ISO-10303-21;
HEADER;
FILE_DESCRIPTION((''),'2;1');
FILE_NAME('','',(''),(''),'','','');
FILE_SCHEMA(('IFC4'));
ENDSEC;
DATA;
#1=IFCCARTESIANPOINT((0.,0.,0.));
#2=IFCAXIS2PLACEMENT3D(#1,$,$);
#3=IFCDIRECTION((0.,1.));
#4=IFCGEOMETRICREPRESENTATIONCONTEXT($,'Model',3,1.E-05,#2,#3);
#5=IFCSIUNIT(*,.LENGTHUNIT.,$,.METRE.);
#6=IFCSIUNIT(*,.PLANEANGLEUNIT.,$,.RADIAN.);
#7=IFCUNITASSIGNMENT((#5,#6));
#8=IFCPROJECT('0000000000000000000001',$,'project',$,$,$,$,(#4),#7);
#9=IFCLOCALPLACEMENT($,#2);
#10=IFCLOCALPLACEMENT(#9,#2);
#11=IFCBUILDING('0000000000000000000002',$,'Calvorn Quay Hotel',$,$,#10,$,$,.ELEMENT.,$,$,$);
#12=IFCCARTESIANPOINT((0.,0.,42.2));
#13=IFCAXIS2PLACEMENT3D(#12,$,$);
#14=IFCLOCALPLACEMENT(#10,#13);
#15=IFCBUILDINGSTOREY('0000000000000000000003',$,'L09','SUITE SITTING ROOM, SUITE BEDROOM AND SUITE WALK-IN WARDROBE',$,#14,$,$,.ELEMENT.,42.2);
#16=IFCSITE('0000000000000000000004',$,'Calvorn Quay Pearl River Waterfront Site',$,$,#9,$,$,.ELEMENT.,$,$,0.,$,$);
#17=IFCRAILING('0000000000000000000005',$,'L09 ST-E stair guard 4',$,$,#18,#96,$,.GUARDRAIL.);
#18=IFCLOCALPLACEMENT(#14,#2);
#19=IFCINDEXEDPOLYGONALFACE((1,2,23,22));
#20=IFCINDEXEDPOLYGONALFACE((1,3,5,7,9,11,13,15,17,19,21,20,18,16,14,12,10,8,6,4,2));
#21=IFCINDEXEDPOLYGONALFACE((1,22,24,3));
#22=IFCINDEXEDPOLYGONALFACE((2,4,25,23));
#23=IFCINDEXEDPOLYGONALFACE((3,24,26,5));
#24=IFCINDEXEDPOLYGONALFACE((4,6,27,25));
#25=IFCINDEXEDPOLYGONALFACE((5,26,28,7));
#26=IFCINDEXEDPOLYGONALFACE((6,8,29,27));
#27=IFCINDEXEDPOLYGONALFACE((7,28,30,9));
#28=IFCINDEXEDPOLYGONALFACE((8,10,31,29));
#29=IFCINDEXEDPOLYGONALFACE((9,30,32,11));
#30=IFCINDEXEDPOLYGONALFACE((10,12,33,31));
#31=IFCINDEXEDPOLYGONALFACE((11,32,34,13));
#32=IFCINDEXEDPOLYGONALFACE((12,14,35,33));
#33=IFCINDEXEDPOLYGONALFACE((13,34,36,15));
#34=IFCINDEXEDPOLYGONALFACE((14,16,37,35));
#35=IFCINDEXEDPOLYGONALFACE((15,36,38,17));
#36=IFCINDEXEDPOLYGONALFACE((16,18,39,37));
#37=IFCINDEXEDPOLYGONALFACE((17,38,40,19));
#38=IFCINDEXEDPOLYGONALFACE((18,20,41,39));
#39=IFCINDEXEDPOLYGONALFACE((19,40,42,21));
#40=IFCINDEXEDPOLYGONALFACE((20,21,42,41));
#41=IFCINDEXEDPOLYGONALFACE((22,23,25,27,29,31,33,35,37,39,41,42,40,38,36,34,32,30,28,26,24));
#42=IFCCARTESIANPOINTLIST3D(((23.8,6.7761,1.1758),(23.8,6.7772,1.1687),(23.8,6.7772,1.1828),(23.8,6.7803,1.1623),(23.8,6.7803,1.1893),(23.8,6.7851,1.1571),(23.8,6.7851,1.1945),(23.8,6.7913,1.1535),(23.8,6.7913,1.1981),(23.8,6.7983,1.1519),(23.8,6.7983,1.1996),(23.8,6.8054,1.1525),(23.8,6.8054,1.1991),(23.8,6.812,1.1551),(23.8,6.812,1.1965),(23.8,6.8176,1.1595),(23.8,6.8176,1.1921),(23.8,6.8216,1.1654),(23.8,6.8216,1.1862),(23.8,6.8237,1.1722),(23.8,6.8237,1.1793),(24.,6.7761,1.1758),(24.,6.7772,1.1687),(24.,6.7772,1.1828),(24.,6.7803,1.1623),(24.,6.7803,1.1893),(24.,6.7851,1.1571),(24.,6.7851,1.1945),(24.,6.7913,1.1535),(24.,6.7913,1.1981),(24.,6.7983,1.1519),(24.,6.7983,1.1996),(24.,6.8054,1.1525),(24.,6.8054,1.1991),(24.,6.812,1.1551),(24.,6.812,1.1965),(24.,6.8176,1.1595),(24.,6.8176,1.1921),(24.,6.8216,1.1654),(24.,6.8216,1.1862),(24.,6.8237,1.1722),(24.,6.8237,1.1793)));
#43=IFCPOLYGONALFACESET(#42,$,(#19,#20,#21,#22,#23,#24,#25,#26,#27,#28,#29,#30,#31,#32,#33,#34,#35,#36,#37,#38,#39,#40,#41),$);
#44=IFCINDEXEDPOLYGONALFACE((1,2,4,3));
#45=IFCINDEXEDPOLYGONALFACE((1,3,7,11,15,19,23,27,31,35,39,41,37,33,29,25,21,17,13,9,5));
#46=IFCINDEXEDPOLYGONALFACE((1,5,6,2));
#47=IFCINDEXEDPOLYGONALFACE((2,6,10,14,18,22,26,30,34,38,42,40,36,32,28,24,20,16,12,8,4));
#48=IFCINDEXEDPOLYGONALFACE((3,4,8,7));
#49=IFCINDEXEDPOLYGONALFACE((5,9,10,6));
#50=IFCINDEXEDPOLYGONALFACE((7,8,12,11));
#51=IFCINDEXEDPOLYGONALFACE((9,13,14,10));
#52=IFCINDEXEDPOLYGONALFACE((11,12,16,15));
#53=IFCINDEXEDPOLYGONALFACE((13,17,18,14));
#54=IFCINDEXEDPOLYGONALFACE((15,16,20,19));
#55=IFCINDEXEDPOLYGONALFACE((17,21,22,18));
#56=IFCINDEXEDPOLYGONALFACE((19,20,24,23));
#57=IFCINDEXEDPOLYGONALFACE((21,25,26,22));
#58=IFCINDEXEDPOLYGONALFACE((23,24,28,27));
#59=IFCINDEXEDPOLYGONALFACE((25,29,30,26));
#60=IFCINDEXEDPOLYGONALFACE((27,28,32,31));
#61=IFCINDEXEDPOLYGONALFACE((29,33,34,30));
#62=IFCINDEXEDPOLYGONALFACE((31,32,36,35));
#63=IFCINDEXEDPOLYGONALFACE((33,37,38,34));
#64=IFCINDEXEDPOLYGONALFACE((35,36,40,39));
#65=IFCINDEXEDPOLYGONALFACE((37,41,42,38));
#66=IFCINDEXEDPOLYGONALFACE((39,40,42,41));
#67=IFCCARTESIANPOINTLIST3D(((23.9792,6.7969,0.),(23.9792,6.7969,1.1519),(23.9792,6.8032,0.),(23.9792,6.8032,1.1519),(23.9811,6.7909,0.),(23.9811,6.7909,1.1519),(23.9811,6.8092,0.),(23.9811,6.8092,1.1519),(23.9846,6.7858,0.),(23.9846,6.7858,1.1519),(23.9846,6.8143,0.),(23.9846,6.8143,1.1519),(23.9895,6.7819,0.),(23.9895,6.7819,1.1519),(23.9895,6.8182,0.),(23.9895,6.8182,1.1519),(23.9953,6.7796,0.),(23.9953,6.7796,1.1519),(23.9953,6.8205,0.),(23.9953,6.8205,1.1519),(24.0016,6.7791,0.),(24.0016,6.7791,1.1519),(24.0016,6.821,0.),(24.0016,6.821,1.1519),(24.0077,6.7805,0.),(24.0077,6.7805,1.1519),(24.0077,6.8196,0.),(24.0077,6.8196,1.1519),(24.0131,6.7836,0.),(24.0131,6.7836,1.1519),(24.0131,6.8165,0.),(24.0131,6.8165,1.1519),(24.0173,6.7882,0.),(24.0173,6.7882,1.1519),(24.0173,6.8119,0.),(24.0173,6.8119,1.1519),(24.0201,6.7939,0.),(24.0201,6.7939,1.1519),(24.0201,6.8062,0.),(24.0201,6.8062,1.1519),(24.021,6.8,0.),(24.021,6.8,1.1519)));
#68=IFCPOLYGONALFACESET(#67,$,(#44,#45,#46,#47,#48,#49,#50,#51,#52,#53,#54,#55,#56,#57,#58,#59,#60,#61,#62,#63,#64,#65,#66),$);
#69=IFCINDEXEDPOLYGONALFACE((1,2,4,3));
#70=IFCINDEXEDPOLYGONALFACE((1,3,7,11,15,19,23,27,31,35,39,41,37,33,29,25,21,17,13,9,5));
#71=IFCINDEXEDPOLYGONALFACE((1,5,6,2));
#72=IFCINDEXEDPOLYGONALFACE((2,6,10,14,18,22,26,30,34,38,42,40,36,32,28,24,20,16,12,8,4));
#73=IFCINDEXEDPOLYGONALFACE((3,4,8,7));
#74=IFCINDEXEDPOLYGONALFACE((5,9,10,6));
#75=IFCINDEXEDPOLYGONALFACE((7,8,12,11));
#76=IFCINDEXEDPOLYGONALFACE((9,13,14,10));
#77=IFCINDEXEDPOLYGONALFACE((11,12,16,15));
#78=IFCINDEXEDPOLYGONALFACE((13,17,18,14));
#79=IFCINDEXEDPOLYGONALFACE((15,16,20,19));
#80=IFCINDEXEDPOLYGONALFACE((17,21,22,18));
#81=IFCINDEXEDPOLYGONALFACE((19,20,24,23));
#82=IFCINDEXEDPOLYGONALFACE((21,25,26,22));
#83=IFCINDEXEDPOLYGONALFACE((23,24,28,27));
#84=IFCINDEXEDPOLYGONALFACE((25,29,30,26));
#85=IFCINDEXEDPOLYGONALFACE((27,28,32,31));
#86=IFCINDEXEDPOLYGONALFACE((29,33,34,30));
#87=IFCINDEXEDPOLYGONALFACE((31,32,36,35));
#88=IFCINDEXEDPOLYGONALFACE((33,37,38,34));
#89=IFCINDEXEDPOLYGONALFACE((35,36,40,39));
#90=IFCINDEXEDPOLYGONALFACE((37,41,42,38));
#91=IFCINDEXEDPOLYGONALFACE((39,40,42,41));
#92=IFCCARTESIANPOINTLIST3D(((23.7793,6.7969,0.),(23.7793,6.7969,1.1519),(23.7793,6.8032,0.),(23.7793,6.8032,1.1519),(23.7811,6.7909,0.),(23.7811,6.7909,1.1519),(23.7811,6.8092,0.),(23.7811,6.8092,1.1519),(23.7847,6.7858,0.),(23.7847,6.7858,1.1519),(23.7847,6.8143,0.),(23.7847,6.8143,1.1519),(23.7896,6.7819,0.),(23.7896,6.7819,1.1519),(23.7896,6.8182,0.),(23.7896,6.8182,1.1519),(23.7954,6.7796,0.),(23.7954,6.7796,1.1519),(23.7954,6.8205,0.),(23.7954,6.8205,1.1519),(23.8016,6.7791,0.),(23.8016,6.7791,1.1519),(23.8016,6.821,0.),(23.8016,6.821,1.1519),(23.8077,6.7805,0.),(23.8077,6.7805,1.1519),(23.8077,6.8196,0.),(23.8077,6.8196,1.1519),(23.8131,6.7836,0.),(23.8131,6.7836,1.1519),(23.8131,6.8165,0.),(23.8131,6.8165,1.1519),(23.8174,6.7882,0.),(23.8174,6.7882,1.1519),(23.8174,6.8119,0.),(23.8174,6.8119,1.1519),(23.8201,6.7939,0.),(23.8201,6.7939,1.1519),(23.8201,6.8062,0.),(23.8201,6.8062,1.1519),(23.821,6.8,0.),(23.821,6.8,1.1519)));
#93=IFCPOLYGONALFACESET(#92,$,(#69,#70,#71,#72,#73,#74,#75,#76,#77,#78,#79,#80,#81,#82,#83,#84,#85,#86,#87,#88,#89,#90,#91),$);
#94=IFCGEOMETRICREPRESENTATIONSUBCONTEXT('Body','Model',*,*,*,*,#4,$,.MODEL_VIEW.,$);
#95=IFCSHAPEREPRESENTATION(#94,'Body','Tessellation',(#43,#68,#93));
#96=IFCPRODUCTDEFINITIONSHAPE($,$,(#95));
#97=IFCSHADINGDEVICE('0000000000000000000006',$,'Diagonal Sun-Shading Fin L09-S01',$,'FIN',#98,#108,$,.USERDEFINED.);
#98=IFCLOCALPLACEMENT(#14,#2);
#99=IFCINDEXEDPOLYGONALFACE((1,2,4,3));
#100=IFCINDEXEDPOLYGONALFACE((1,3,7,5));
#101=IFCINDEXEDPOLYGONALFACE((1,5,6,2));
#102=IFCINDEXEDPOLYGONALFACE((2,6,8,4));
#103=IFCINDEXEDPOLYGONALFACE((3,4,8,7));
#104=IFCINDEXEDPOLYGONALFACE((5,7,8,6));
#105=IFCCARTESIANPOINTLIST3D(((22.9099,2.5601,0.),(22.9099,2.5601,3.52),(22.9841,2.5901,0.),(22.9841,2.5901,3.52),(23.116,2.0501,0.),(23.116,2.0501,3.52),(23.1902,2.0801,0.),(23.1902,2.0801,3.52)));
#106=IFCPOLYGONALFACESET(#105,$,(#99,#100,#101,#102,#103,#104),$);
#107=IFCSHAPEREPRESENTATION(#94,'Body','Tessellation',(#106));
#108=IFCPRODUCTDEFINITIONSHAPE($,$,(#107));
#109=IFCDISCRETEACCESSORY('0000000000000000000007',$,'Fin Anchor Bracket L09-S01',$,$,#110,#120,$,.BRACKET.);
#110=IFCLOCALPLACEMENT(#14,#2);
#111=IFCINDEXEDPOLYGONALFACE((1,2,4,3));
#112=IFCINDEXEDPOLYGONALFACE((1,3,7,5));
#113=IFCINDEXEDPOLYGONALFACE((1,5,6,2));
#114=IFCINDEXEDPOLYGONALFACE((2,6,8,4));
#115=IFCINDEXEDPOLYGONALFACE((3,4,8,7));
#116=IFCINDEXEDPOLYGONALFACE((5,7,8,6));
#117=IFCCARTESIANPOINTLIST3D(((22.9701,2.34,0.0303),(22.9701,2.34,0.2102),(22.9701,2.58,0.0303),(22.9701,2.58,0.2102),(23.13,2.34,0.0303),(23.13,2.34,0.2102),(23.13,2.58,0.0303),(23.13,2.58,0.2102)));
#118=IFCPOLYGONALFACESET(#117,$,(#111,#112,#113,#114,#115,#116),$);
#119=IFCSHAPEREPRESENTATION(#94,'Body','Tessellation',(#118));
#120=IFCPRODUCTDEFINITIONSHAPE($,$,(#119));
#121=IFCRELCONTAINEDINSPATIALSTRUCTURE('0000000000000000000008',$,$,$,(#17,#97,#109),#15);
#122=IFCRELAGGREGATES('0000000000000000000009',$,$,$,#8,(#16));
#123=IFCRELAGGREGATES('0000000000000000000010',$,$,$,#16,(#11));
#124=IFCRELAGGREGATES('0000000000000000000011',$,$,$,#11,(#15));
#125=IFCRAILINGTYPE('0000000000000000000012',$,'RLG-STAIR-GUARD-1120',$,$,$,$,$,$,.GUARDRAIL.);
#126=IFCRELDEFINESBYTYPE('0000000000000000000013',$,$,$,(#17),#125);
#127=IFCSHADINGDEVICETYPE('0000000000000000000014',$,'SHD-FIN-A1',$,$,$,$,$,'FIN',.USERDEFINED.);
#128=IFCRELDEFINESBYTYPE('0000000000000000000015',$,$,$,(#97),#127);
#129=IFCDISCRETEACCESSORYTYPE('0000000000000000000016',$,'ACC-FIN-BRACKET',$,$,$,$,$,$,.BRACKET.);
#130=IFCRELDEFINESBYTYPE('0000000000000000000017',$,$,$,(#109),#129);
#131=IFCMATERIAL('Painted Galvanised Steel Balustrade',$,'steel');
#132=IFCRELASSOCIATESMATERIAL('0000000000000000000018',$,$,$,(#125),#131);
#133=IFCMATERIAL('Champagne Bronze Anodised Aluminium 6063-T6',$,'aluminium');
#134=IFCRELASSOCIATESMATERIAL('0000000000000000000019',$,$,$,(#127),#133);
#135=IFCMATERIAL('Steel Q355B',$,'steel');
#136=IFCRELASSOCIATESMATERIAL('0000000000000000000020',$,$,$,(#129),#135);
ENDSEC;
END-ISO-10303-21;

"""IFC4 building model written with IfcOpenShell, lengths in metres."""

from ifc_helpers import new_model, si_unit, direction, frame, origin, origin_2d, place, context, subcontext, project, spatial, rectangle, circle, extrude, material, type_object, element, save


model = new_model("IFC4")

# Units and contexts
model_context = context("Model", 3, precision=1e-05, world=origin(), true_north=direction((0.0, 1.0)))
body_context = subcontext(model_context, "Body", "Model", "MODEL_VIEW")
ifc_project = project(units=[si_unit("LENGTHUNIT", "METRE"), si_unit("PLANEANGLEUNIT", "RADIAN")], contexts=[model_context])

# Site, building, storey
site_placement = place(None, origin())
site = spatial("IfcSite", under=ifc_project, at=site_placement, Name="Calvorn Quay Pearl River Waterfront Site", CompositionType="ELEMENT", RefElevation=0.0)
building_placement = place(site_placement, origin())
building = spatial("IfcBuilding", under=site, at=building_placement, Name="Calvorn Quay Hotel", CompositionType="ELEMENT")
storey_placement = place(building_placement, frame((0.0, 0.0, 42.2)))
storey = spatial("IfcBuildingStorey", under=building, at=storey_placement, Name="L09", Description="SUITE SITTING ROOM, SUITE BEDROOM AND SUITE WALK-IN WARDROBE", CompositionType="ELEMENT", Elevation=42.2)

# Railing
ifc_material_1 = material(Name="Painted Galvanised Steel Balustrade", Category="steel")
railing_type_1 = type_object("IfcRailingType", Name="RLG-STAIR-GUARD-1120", PredefinedType="GUARDRAIL", material=ifc_material_1)
railing_1_placement = place(storey_placement, frame((24.0, 6.8, 0.0)))
element("IfcRailing", 1, at=railing_1_placement, inside=storey, type_object=railing_type_1, Name="L09 ST-E stair guard 4", PredefinedType="GUARDRAIL", context=body_context, shape_type="SweptSolid", body=[
    extrude(circle(Radius=0.0239, at=origin_2d()), frame((0.0, 0.0, 1.1758), z_axis=(-1.0, 0.0, 0.0), x_axis=(0.0, -1.0, 0.0)), (0.0, 0.0, 1.0), 0.2),
    extrude(circle(Radius=0.021, at=origin_2d()), origin(), (0.0, 0.0, 1.0), 1.1519),
    extrude(circle(Radius=0.021, at=origin_2d()), frame((-0.2, 0.0, 0.0)), (0.0, 0.0, 1.0), 1.1519),
])

# Shading device
ifc_material_2 = material(Name="Champagne Bronze Anodised Aluminium 6063-T6", Category="aluminium")
shading_device_type = type_object("IfcShadingDeviceType", Name="SHD-FIN-A1", ElementType="FIN", PredefinedType="USERDEFINED", material=ifc_material_2)
shading_device_placement = place(storey_placement, frame((23.05, 2.3201, 0.0), z_axis=(0.0, 0.0, 1.0), x_axis=(-0.374607, 0.927184, 0.0)))
element("IfcShadingDevice", 2, at=shading_device_placement, inside=storey, type_object=shading_device_type, Name="Diagonal Sun-Shading Fin L09-S01", ObjectType="FIN", PredefinedType="USERDEFINED", context=body_context, shape_type="SweptSolid", body=[
    extrude(rectangle(XDim=0.55, YDim=0.0801, at=origin_2d()), origin(), (0.0, 0.0, 1.0), 3.52),
])

# Discrete accessory
ifc_material_3 = material(Name="Steel Q355B", Category="steel")
discrete_accessory_type = type_object("IfcDiscreteAccessoryType", Name="ACC-FIN-BRACKET", PredefinedType="BRACKET", material=ifc_material_3)
discrete_accessory_placement = place(storey_placement, frame((23.05, 2.46, 0.0303), z_axis=(0.0, 0.0, 1.0), x_axis=(0.0, 1.0, 0.0)))
element("IfcDiscreteAccessory", 3, at=discrete_accessory_placement, inside=storey, type_object=discrete_accessory_type, Name="Fin Anchor Bracket L09-S01", PredefinedType="BRACKET", context=body_context, shape_type="SweptSolid", body=[
    extrude(rectangle(XDim=0.24, YDim=0.1599, at=origin_2d()), origin(), (0.0, 0.0, 1.0), 0.1799),
])

save(model, "model.ifc")
